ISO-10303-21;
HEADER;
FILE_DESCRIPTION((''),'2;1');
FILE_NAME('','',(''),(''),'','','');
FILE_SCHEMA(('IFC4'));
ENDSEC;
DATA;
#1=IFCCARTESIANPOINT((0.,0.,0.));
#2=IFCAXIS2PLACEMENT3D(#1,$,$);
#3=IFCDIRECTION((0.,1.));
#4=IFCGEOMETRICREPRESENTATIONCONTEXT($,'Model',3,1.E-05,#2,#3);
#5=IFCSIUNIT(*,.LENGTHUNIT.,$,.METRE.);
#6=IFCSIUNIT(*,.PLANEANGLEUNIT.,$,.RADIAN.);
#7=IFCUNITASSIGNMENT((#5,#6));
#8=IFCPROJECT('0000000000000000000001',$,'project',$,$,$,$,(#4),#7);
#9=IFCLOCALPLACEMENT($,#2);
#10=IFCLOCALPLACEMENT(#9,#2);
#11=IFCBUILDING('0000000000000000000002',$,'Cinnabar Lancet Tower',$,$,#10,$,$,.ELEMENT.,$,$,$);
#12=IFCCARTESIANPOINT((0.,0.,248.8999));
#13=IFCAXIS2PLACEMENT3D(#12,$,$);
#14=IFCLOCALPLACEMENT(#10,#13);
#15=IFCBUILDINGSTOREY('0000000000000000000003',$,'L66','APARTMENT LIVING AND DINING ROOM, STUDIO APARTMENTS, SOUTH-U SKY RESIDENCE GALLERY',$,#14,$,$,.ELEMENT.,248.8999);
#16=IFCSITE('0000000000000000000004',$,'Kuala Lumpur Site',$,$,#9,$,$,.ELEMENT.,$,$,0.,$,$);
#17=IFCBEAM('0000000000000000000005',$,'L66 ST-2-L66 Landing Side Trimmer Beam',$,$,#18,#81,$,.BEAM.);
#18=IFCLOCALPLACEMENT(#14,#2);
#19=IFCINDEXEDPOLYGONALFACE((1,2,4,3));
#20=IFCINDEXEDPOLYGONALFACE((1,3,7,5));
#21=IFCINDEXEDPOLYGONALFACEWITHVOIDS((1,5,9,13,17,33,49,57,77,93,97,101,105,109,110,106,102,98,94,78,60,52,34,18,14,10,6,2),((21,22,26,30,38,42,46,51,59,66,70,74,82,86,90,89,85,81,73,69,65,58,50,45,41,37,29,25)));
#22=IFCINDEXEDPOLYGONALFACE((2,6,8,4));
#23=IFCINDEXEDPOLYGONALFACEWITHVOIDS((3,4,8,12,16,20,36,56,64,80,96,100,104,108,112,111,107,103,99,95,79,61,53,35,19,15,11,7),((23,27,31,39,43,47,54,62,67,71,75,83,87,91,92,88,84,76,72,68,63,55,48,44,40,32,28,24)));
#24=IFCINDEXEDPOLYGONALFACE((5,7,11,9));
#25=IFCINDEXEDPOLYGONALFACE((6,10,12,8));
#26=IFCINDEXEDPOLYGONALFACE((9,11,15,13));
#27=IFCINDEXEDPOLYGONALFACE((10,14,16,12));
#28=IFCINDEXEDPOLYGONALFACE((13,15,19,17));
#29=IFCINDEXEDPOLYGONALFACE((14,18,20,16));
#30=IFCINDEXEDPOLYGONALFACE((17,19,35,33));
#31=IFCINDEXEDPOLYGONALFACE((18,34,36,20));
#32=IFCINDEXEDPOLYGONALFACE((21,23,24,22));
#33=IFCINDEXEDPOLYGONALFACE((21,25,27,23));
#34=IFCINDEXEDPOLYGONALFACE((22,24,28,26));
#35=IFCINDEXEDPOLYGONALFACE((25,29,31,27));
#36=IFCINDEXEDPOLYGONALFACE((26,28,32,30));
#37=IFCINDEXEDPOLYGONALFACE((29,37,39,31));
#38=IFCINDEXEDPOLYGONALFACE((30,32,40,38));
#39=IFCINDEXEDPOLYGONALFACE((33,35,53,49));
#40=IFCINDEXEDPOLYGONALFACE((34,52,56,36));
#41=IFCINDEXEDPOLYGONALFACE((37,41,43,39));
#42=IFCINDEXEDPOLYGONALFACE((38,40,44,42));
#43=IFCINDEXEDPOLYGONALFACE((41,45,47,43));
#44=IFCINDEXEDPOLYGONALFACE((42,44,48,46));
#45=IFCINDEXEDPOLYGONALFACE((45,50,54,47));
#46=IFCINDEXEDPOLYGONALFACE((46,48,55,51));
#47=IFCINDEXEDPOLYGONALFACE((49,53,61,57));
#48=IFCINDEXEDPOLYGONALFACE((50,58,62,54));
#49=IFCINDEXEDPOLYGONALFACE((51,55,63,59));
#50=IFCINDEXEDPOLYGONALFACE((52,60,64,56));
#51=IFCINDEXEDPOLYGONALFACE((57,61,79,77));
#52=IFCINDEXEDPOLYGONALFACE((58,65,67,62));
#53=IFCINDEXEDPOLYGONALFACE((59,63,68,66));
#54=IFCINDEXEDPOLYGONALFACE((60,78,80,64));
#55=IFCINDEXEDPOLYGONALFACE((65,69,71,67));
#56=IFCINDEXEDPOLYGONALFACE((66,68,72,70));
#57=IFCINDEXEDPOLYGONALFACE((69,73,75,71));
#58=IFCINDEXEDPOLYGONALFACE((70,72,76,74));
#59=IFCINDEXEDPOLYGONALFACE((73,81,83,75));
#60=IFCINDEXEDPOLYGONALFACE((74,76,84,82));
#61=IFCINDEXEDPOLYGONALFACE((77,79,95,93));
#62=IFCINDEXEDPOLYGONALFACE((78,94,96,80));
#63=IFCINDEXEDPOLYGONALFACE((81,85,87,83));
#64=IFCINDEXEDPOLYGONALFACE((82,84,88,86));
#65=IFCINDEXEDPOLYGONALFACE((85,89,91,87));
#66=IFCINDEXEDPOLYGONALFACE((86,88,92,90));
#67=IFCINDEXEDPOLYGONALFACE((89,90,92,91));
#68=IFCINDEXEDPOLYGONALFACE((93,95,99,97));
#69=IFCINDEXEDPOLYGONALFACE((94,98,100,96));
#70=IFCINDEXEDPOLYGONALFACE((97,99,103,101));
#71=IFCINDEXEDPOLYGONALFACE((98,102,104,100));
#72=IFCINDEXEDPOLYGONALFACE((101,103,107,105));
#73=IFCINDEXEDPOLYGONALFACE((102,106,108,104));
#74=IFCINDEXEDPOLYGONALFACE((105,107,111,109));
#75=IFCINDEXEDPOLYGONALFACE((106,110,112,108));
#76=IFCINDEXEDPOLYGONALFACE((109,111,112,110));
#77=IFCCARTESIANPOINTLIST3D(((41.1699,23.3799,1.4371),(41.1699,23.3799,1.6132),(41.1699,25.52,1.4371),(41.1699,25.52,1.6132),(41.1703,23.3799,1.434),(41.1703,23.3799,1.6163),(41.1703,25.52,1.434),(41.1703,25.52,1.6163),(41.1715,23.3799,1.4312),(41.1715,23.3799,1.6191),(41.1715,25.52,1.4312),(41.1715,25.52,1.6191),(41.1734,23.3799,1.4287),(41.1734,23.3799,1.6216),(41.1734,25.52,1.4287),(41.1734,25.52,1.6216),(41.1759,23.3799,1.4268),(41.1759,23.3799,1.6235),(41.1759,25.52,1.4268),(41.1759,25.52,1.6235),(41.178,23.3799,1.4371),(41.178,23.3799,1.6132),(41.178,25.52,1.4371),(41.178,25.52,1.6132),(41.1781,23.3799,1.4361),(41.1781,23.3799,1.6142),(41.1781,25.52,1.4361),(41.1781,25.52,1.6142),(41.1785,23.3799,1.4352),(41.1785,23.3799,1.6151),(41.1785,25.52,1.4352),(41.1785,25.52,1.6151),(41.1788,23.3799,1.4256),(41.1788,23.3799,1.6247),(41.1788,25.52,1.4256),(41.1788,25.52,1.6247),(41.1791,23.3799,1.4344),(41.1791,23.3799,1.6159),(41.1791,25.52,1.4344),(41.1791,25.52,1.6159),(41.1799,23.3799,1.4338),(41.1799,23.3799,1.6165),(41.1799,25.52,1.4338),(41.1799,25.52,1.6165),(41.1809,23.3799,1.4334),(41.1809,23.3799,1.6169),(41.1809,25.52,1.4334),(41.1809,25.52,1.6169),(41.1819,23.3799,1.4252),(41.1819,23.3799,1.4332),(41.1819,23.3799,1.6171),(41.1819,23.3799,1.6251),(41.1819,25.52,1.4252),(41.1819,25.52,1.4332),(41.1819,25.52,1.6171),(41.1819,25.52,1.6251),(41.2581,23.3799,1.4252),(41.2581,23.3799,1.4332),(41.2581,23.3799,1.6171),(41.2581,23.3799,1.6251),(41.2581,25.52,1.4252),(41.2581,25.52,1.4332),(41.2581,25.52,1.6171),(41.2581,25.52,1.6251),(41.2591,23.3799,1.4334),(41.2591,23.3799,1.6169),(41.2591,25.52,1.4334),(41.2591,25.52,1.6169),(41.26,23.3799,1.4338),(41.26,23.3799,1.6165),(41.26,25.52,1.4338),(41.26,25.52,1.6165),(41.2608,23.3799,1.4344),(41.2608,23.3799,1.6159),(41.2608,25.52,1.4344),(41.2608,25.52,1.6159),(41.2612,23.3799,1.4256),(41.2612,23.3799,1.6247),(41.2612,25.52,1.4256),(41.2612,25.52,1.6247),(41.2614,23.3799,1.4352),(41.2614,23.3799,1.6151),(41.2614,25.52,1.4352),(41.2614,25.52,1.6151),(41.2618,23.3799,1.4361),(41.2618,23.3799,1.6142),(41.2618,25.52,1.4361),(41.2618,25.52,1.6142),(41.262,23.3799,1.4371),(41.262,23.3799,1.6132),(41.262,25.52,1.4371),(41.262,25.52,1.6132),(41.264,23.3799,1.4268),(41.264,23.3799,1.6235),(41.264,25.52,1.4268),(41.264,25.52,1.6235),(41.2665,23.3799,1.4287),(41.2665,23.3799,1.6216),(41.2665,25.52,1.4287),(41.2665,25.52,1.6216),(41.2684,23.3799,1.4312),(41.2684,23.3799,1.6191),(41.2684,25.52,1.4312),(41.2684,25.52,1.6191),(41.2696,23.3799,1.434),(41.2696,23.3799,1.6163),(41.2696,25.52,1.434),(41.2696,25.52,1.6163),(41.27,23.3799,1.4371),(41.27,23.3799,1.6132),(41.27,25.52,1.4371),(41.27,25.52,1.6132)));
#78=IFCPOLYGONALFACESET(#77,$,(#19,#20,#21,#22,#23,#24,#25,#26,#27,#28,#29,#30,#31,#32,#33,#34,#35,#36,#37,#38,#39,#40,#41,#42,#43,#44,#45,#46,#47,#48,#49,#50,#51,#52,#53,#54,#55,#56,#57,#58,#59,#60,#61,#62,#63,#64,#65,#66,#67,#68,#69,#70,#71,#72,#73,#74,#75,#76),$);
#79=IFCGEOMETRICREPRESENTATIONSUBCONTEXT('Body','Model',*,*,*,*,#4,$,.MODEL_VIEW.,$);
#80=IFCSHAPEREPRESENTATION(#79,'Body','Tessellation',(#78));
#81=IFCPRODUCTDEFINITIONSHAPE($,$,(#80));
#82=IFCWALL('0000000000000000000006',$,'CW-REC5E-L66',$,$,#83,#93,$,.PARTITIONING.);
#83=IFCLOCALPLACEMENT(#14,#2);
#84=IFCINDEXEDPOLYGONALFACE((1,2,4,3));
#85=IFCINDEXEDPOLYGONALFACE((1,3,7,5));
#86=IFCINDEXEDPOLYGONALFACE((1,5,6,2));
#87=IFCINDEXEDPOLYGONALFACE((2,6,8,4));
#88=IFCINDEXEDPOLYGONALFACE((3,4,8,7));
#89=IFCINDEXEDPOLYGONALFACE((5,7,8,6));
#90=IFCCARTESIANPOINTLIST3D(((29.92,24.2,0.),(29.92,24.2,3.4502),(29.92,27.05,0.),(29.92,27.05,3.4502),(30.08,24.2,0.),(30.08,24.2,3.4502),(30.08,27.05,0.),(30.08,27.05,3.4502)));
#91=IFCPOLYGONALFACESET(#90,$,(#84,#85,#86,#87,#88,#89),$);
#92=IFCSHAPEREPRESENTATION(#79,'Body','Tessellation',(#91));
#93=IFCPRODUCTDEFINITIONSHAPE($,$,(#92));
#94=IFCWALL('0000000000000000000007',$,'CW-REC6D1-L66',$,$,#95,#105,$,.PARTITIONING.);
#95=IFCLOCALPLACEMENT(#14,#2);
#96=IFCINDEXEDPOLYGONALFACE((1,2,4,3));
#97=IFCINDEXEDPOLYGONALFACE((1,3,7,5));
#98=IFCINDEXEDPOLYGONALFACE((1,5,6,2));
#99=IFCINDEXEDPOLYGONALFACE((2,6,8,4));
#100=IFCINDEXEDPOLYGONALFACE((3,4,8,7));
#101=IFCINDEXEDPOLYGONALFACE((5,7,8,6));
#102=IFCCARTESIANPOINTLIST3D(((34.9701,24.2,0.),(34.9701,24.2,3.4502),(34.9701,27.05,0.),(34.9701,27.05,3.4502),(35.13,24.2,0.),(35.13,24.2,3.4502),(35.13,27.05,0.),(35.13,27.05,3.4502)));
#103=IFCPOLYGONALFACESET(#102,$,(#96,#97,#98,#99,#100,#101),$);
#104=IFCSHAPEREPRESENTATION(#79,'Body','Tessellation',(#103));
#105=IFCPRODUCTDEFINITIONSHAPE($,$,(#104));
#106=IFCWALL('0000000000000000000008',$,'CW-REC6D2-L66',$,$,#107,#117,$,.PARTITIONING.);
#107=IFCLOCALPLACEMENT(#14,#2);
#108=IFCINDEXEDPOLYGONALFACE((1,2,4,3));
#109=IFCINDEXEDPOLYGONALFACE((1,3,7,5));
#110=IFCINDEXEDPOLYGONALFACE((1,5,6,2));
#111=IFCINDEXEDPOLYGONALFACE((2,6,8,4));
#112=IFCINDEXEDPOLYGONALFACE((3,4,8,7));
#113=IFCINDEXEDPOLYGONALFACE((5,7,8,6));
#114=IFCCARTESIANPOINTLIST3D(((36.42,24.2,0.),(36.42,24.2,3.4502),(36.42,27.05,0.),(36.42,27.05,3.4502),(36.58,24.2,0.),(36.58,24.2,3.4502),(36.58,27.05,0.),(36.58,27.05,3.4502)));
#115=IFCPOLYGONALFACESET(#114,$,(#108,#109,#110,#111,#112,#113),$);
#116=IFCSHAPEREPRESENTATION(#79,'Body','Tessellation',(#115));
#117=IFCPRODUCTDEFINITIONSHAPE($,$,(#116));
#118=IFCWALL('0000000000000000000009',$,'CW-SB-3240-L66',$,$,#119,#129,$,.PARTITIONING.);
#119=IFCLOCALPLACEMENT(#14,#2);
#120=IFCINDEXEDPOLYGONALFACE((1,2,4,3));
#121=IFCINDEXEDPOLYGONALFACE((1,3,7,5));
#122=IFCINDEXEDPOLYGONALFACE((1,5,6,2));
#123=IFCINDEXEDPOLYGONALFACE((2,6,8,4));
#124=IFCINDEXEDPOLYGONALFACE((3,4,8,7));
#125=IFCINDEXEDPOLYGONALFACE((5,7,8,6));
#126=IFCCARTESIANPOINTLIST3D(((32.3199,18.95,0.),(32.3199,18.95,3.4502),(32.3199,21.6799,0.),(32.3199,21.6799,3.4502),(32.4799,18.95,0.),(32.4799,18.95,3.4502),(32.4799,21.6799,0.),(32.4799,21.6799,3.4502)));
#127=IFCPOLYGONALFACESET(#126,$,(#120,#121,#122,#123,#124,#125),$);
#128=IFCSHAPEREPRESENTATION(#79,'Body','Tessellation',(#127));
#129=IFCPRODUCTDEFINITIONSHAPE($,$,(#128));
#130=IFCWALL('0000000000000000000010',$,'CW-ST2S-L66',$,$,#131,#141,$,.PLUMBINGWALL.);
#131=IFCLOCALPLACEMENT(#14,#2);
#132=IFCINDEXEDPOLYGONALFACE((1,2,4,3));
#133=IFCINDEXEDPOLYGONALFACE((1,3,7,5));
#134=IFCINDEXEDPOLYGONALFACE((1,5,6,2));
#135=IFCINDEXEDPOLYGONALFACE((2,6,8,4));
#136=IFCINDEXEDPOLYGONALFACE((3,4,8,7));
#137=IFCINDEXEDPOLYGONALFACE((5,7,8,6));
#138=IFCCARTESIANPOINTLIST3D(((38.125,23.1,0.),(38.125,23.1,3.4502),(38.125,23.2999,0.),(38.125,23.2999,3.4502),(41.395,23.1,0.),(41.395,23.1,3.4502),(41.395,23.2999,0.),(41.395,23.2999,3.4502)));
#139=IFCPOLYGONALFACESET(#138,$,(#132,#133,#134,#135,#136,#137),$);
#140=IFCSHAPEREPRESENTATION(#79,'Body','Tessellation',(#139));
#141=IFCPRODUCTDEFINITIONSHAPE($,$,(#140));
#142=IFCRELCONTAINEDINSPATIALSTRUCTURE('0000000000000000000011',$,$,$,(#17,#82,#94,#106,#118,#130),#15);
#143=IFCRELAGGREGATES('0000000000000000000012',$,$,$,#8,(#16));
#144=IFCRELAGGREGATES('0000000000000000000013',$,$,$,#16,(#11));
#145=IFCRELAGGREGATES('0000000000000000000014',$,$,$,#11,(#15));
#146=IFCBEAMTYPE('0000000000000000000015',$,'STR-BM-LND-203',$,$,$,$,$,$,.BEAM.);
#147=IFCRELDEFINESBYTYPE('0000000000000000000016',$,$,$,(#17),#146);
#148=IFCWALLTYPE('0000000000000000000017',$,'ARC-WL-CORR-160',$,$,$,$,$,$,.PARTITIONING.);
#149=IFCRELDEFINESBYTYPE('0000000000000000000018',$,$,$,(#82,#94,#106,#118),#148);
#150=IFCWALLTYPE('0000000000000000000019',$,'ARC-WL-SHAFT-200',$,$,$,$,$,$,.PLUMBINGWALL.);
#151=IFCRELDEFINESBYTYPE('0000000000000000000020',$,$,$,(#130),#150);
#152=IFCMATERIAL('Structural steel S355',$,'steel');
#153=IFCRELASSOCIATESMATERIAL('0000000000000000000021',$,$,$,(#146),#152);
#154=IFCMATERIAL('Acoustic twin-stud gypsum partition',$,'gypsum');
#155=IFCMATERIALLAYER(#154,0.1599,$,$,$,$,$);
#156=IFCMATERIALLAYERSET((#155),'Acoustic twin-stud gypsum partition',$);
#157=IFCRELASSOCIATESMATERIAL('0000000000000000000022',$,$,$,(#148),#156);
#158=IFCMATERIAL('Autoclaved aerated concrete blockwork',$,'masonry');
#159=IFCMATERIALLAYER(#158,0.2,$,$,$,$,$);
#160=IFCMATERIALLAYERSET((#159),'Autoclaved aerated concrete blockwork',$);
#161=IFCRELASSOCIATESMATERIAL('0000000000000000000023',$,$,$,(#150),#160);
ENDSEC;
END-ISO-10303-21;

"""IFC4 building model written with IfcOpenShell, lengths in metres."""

from ifc_helpers import new_model, si_unit, direction, frame, frame_2d, origin, origin_2d, place, context, subcontext, project, spatial, rectangle, hollow_rectangle, extrude, material, layer, layer_set, material_profile, profile_set, type_object, element, save


model = new_model("IFC4")

# Units and contexts
model_context = context("Model", 3, precision=1e-05, world=origin(), true_north=direction((0.0, 1.0)))
body_context = subcontext(model_context, "Body", "Model", "MODEL_VIEW")
ifc_project = project(units=[si_unit("LENGTHUNIT", "METRE"), si_unit("PLANEANGLEUNIT", "RADIAN")], contexts=[model_context])

# Site, building, storey
site_placement = place(None, origin())
site = spatial("IfcSite", under=ifc_project, at=site_placement, Name="Kuala Lumpur Site", CompositionType="ELEMENT", RefElevation=0.0)
building_placement = place(site_placement, origin())
building = spatial("IfcBuilding", under=site, at=building_placement, Name="Cinnabar Lancet Tower", CompositionType="ELEMENT")
storey_placement = place(building_placement, frame((0.0, 0.0, 248.8999)))
storey = spatial("IfcBuildingStorey", under=building, at=storey_placement, Name="L66", Description="APARTMENT LIVING AND DINING ROOM, STUDIO APARTMENTS, SOUTH-U SKY RESIDENCE GALLERY", CompositionType="ELEMENT", Elevation=248.8999)

# Beam
ifc_material_1 = material(Name="Structural steel S355", Category="steel")
ifc_material_profile_1 = material_profile(ifc_material_1, hollow_rectangle(XDim=0.1001, YDim=0.2, WallThickness=0.0081, InnerFilletRadius=0.0039, OuterFilletRadius=0.012, at=origin_2d()), Name="RHS 200x100x8")
ifc_profile_set_1 = profile_set([ifc_material_profile_1], Name="Structural steel S355")
beam_type_1 = type_object("IfcBeamType", Name="STR-BM-LND-203", PredefinedType="BEAM", material=ifc_profile_set_1)
beam_1_placement = place(storey_placement, frame((41.22, 23.3799, 1.5251), z_axis=(0.0, 1.0, 0.0), x_axis=(-1.0, 0.0, 0.0)))
element("IfcBeam", 1, at=beam_1_placement, inside=storey, type_object=beam_type_1, Name="L66 ST-2-L66 Landing Side Trimmer Beam", PredefinedType="BEAM", context=body_context, shape_type="SweptSolid", body=[
    extrude(hollow_rectangle(XDim=0.1001, YDim=0.2, WallThickness=0.0081, InnerFilletRadius=0.0039, OuterFilletRadius=0.012, at=origin_2d()), origin(), (0.0, 0.0, 1.0), 2.1401),
])

# Walls
ifc_material_2 = material(Name="Acoustic twin-stud gypsum partition", Category="gypsum")
ifc_layer_1 = layer(ifc_material_2, 0.1599)
ifc_layer_set_1 = layer_set([ifc_layer_1], Name="Acoustic twin-stud gypsum partition")
wall_type_1 = type_object("IfcWallType", Name="ARC-WL-CORR-160", PredefinedType="PARTITIONING", material=ifc_layer_set_1)
for number, where, z_axis, x_axis, name in (
    (2, (30.0, 24.2, 0.0), (0.0, 0.0, 1.0), (0.0, 1.0, 0.0), "CW-REC5E-L66"),
    (3, (35.05, 24.2, 0.0), (0.0, 0.0, 1.0), (0.0, 1.0, 0.0), "CW-REC6D1-L66"),
    (4, (36.5, 24.2, 0.0), (0.0, 0.0, 1.0), (0.0, 1.0, 0.0), "CW-REC6D2-L66"),
):
    element("IfcWall", number, at=place(storey_placement, frame(where, z_axis=z_axis, x_axis=x_axis)), inside=storey, type_object=wall_type_1, Name=name, PredefinedType="PARTITIONING", context=body_context, shape_type="SweptSolid", body=[
        extrude(rectangle(XDim=2.8501, YDim=0.1599, at=frame_2d((1.425, 0.0))), origin(), (0.0, 0.0, 1.0), 3.4502),
    ])
wall_1_placement = place(storey_placement, frame((32.3999, 18.95, 0.0), z_axis=(0.0, 0.0, 1.0), x_axis=(0.0, 1.0, 0.0)))
element("IfcWall", 5, at=wall_1_placement, inside=storey, type_object=wall_type_1, Name="CW-SB-3240-L66", PredefinedType="PARTITIONING", context=body_context, shape_type="SweptSolid", body=[
    extrude(rectangle(XDim=2.73, YDim=0.1599, at=frame_2d((1.365, 0.0))), origin(), (0.0, 0.0, 1.0), 3.4502),
])
ifc_material_3 = material(Name="Autoclaved aerated concrete blockwork", Category="masonry")
ifc_layer_2 = layer(ifc_material_3, 0.2)
ifc_layer_set_2 = layer_set([ifc_layer_2], Name="Autoclaved aerated concrete blockwork")
wall_type_2 = type_object("IfcWallType", Name="ARC-WL-SHAFT-200", PredefinedType="PLUMBINGWALL", material=ifc_layer_set_2)
wall_2_placement = place(storey_placement, frame((38.125, 23.2, 0.0), z_axis=(0.0, 0.0, 1.0), x_axis=(1.0, 0.0, 0.0)))
element("IfcWall", 6, at=wall_2_placement, inside=storey, type_object=wall_type_2, Name="CW-ST2S-L66", PredefinedType="PLUMBINGWALL", context=body_context, shape_type="SweptSolid", body=[
    extrude(rectangle(XDim=3.27, YDim=0.2, at=frame_2d((1.635, 0.0))), origin(), (0.0, 0.0, 1.0), 3.4502),
])

save(model, "model.ifc")
